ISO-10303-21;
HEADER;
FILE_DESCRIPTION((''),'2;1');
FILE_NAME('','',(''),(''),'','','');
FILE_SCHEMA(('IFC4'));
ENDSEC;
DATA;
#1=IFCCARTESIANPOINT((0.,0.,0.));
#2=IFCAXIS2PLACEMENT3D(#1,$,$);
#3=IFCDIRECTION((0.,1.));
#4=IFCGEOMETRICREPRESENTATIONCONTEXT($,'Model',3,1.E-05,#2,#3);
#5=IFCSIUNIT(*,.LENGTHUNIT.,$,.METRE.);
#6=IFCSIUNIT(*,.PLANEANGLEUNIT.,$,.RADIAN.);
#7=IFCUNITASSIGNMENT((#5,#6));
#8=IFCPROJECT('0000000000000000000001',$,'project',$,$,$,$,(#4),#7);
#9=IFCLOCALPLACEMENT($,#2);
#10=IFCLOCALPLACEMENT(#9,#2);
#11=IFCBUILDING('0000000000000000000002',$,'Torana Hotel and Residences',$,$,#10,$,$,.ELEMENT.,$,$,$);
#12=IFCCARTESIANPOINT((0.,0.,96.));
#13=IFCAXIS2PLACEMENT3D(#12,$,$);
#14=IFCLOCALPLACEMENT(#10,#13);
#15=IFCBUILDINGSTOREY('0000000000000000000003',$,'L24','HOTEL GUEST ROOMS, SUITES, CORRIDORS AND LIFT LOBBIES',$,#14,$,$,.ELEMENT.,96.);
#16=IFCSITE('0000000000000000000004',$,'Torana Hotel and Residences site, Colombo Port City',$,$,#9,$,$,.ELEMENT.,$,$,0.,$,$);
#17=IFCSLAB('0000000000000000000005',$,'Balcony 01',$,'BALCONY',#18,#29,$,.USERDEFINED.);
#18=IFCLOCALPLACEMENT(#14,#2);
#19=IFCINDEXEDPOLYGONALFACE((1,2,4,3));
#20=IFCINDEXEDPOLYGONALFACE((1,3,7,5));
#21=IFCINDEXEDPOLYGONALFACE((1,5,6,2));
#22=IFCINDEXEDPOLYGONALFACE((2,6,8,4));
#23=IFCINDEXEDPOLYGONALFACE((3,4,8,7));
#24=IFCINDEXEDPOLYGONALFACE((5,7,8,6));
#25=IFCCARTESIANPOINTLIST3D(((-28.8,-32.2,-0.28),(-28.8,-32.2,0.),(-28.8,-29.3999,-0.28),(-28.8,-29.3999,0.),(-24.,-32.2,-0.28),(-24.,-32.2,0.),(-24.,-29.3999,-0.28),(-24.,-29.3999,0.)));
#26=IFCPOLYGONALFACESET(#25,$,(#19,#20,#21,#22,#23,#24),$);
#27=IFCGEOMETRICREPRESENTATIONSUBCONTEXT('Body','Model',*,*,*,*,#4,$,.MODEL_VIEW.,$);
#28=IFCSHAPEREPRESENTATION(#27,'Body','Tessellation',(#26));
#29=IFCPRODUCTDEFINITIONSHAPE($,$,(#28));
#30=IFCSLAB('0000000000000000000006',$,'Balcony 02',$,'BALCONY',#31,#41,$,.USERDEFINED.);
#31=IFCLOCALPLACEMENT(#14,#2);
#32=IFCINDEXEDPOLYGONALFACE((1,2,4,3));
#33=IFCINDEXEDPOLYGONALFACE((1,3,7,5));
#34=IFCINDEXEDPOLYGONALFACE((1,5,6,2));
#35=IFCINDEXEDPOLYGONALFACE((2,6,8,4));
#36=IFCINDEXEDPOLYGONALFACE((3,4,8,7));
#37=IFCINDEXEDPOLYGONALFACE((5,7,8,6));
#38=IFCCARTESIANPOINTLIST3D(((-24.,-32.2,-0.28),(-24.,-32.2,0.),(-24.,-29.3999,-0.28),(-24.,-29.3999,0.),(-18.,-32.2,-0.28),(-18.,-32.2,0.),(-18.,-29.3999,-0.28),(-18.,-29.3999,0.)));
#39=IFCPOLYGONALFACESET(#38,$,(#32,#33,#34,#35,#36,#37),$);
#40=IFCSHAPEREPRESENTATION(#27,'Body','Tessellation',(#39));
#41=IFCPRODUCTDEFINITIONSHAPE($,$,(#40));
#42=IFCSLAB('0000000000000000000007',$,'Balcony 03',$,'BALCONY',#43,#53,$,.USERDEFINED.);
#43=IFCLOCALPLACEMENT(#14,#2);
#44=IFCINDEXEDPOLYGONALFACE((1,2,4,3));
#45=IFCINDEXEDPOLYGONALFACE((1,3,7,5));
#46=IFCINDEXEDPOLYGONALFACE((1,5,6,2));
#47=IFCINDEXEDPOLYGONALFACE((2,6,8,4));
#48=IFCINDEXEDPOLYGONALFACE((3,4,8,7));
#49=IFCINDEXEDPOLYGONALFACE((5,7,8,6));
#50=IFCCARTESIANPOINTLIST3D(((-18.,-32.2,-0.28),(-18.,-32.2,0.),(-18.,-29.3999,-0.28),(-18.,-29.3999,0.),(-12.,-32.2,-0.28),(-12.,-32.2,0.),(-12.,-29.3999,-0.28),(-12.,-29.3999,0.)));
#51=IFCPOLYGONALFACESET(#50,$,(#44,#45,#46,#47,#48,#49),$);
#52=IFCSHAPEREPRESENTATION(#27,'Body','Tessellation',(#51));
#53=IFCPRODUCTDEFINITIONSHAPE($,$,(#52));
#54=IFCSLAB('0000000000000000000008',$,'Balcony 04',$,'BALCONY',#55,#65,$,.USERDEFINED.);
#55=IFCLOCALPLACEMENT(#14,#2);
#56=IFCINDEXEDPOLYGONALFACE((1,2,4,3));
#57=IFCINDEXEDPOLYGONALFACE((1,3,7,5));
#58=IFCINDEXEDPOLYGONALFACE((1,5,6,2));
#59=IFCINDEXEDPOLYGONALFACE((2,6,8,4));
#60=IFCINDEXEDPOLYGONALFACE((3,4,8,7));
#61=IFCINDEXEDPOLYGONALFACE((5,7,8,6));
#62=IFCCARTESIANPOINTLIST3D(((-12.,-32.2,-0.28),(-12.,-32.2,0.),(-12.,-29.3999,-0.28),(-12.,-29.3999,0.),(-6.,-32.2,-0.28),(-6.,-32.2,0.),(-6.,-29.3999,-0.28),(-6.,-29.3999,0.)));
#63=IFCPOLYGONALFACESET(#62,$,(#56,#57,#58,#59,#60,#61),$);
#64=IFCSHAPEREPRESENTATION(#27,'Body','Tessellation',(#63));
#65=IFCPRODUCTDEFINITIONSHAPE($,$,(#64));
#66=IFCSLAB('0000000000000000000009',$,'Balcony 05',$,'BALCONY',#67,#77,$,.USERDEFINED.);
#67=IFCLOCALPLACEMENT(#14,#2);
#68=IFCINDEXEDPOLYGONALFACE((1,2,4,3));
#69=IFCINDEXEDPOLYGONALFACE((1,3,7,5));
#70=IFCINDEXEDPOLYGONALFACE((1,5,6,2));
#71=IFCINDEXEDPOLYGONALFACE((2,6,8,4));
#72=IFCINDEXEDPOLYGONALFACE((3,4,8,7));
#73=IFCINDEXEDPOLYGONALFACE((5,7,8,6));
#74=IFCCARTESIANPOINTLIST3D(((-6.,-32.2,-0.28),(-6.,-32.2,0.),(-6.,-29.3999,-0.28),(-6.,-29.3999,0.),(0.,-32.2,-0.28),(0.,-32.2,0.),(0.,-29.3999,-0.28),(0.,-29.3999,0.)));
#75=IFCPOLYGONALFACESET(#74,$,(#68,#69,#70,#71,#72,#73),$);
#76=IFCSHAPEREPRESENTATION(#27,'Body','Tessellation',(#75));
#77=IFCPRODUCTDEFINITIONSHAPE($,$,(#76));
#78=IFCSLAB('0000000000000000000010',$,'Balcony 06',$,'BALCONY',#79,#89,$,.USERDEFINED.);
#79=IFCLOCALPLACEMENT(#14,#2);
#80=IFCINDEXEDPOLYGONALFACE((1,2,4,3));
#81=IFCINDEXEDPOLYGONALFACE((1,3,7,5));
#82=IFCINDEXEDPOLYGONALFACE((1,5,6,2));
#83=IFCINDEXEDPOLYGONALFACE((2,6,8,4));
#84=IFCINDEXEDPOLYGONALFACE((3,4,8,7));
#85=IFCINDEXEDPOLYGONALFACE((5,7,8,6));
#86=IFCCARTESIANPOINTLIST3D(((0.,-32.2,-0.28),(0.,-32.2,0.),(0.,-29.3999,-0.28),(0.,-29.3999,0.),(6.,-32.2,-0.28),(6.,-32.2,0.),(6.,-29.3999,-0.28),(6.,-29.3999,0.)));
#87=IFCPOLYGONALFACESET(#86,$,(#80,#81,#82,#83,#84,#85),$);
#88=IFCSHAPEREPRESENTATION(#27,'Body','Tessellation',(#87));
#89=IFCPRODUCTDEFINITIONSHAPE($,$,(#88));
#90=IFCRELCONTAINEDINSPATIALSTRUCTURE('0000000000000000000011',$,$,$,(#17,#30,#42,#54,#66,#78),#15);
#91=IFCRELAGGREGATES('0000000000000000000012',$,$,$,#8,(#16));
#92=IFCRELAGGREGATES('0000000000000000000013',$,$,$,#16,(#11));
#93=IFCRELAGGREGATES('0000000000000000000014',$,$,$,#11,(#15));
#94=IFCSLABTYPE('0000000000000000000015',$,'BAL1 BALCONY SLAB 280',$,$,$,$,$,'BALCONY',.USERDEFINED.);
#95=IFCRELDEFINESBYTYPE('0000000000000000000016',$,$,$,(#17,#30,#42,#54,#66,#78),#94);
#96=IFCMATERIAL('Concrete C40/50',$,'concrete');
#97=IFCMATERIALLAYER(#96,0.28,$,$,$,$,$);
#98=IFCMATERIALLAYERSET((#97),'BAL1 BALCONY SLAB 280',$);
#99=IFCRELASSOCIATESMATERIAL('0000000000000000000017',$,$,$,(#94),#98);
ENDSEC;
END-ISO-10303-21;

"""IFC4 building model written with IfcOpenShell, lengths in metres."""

from ifc_helpers import new_model, si_unit, direction, frame, origin, place, context, subcontext, project, spatial, polyline, outline, extrude, material, layer, layer_set, type_object, element, save


model = new_model("IFC4")

# Units and contexts
model_context = context("Model", 3, precision=1e-05, world=origin(), true_north=direction((0.0, 1.0)))
body_context = subcontext(model_context, "Body", "Model", "MODEL_VIEW")
ifc_project = project(units=[si_unit("LENGTHUNIT", "METRE"), si_unit("PLANEANGLEUNIT", "RADIAN")], contexts=[model_context])

# Site, building, storey
site_placement = place(None, origin())
site = spatial("IfcSite", under=ifc_project, at=site_placement, Name="Torana Hotel and Residences site, Colombo Port City", CompositionType="ELEMENT", RefElevation=0.0)
building_placement = place(site_placement, origin())
building = spatial("IfcBuilding", under=site, at=building_placement, Name="Torana Hotel and Residences", CompositionType="ELEMENT")
storey_placement = place(building_placement, frame((0.0, 0.0, 96.0)))
storey = spatial("IfcBuildingStorey", under=building, at=storey_placement, Name="L24", Description="HOTEL GUEST ROOMS, SUITES, CORRIDORS AND LIFT LOBBIES", CompositionType="ELEMENT", Elevation=96.0)

# Slabs
ifc_material_1 = material(Name="Concrete C40/50", Category="concrete")
ifc_layer_1 = layer(ifc_material_1, 0.28)
ifc_layer_set_1 = layer_set([ifc_layer_1], Name="BAL1 BALCONY SLAB 280")
slab_type_1 = type_object("IfcSlabType", Name="BAL1 BALCONY SLAB 280", ElementType="BALCONY", PredefinedType="USERDEFINED", material=ifc_layer_set_1)
slab_1_placement = place(storey_placement, frame((0.0, 0.0, -0.28)))
element("IfcSlab", 1, at=slab_1_placement, inside=storey, type_object=slab_type_1, Name="Balcony 01", ObjectType="BALCONY", PredefinedType="USERDEFINED", context=body_context, shape_type="SweptSolid", body=[
    extrude(outline(polyline([(-28.8, -32.2), (-24.0, -32.2), (-24.0, -29.3999), (-28.8, -29.3999), (-28.8, -32.2)])), origin(), (0.0, 0.0, 1.0), 0.28),
])
slab_2_placement = place(storey_placement, frame((0.0, 0.0, -0.28)))
element("IfcSlab", 2, at=slab_2_placement, inside=storey, type_object=slab_type_1, Name="Balcony 02", ObjectType="BALCONY", PredefinedType="USERDEFINED", context=body_context, shape_type="SweptSolid", body=[
    extrude(outline(polyline([(-24.0, -32.2), (-18.0, -32.2), (-18.0, -29.3999), (-24.0, -29.3999), (-24.0, -32.2)])), origin(), (0.0, 0.0, 1.0), 0.28),
])
slab_3_placement = place(storey_placement, frame((0.0, 0.0, -0.28)))
element("IfcSlab", 3, at=slab_3_placement, inside=storey, type_object=slab_type_1, Name="Balcony 03", ObjectType="BALCONY", PredefinedType="USERDEFINED", context=body_context, shape_type="SweptSolid", body=[
    extrude(outline(polyline([(-18.0, -32.2), (-12.0, -32.2), (-12.0, -29.3999), (-18.0, -29.3999), (-18.0, -32.2)])), origin(), (0.0, 0.0, 1.0), 0.28),
])
slab_4_placement = place(storey_placement, frame((0.0, 0.0, -0.28)))
element("IfcSlab", 4, at=slab_4_placement, inside=storey, type_object=slab_type_1, Name="Balcony 04", ObjectType="BALCONY", PredefinedType="USERDEFINED", context=body_context, shape_type="SweptSolid", body=[
    extrude(outline(polyline([(-12.0, -32.2), (-6.0, -32.2), (-6.0, -29.3999), (-12.0, -29.3999), (-12.0, -32.2)])), origin(), (0.0, 0.0, 1.0), 0.28),
])
slab_5_placement = place(storey_placement, frame((0.0, 0.0, -0.28)))
element("IfcSlab", 5, at=slab_5_placement, inside=storey, type_object=slab_type_1, Name="Balcony 05", ObjectType="BALCONY", PredefinedType="USERDEFINED", context=body_context, shape_type="SweptSolid", body=[
    extrude(outline(polyline([(-6.0, -32.2), (0.0, -32.2), (0.0, -29.3999), (-6.0, -29.3999), (-6.0, -32.2)])), origin(), (0.0, 0.0, 1.0), 0.28),
])
slab_6_placement = place(storey_placement, frame((0.0, 0.0, -0.28)))
element("IfcSlab", 6, at=slab_6_placement, inside=storey, type_object=slab_type_1, Name="Balcony 06", ObjectType="BALCONY", PredefinedType="USERDEFINED", context=body_context, shape_type="SweptSolid", body=[
    extrude(outline(polyline([(0.0, -32.2), (6.0, -32.2), (6.0, -29.3999), (0.0, -29.3999), (0.0, -32.2)])), origin(), (0.0, 0.0, 1.0), 0.28),
])

save(model, "model.ifc")
